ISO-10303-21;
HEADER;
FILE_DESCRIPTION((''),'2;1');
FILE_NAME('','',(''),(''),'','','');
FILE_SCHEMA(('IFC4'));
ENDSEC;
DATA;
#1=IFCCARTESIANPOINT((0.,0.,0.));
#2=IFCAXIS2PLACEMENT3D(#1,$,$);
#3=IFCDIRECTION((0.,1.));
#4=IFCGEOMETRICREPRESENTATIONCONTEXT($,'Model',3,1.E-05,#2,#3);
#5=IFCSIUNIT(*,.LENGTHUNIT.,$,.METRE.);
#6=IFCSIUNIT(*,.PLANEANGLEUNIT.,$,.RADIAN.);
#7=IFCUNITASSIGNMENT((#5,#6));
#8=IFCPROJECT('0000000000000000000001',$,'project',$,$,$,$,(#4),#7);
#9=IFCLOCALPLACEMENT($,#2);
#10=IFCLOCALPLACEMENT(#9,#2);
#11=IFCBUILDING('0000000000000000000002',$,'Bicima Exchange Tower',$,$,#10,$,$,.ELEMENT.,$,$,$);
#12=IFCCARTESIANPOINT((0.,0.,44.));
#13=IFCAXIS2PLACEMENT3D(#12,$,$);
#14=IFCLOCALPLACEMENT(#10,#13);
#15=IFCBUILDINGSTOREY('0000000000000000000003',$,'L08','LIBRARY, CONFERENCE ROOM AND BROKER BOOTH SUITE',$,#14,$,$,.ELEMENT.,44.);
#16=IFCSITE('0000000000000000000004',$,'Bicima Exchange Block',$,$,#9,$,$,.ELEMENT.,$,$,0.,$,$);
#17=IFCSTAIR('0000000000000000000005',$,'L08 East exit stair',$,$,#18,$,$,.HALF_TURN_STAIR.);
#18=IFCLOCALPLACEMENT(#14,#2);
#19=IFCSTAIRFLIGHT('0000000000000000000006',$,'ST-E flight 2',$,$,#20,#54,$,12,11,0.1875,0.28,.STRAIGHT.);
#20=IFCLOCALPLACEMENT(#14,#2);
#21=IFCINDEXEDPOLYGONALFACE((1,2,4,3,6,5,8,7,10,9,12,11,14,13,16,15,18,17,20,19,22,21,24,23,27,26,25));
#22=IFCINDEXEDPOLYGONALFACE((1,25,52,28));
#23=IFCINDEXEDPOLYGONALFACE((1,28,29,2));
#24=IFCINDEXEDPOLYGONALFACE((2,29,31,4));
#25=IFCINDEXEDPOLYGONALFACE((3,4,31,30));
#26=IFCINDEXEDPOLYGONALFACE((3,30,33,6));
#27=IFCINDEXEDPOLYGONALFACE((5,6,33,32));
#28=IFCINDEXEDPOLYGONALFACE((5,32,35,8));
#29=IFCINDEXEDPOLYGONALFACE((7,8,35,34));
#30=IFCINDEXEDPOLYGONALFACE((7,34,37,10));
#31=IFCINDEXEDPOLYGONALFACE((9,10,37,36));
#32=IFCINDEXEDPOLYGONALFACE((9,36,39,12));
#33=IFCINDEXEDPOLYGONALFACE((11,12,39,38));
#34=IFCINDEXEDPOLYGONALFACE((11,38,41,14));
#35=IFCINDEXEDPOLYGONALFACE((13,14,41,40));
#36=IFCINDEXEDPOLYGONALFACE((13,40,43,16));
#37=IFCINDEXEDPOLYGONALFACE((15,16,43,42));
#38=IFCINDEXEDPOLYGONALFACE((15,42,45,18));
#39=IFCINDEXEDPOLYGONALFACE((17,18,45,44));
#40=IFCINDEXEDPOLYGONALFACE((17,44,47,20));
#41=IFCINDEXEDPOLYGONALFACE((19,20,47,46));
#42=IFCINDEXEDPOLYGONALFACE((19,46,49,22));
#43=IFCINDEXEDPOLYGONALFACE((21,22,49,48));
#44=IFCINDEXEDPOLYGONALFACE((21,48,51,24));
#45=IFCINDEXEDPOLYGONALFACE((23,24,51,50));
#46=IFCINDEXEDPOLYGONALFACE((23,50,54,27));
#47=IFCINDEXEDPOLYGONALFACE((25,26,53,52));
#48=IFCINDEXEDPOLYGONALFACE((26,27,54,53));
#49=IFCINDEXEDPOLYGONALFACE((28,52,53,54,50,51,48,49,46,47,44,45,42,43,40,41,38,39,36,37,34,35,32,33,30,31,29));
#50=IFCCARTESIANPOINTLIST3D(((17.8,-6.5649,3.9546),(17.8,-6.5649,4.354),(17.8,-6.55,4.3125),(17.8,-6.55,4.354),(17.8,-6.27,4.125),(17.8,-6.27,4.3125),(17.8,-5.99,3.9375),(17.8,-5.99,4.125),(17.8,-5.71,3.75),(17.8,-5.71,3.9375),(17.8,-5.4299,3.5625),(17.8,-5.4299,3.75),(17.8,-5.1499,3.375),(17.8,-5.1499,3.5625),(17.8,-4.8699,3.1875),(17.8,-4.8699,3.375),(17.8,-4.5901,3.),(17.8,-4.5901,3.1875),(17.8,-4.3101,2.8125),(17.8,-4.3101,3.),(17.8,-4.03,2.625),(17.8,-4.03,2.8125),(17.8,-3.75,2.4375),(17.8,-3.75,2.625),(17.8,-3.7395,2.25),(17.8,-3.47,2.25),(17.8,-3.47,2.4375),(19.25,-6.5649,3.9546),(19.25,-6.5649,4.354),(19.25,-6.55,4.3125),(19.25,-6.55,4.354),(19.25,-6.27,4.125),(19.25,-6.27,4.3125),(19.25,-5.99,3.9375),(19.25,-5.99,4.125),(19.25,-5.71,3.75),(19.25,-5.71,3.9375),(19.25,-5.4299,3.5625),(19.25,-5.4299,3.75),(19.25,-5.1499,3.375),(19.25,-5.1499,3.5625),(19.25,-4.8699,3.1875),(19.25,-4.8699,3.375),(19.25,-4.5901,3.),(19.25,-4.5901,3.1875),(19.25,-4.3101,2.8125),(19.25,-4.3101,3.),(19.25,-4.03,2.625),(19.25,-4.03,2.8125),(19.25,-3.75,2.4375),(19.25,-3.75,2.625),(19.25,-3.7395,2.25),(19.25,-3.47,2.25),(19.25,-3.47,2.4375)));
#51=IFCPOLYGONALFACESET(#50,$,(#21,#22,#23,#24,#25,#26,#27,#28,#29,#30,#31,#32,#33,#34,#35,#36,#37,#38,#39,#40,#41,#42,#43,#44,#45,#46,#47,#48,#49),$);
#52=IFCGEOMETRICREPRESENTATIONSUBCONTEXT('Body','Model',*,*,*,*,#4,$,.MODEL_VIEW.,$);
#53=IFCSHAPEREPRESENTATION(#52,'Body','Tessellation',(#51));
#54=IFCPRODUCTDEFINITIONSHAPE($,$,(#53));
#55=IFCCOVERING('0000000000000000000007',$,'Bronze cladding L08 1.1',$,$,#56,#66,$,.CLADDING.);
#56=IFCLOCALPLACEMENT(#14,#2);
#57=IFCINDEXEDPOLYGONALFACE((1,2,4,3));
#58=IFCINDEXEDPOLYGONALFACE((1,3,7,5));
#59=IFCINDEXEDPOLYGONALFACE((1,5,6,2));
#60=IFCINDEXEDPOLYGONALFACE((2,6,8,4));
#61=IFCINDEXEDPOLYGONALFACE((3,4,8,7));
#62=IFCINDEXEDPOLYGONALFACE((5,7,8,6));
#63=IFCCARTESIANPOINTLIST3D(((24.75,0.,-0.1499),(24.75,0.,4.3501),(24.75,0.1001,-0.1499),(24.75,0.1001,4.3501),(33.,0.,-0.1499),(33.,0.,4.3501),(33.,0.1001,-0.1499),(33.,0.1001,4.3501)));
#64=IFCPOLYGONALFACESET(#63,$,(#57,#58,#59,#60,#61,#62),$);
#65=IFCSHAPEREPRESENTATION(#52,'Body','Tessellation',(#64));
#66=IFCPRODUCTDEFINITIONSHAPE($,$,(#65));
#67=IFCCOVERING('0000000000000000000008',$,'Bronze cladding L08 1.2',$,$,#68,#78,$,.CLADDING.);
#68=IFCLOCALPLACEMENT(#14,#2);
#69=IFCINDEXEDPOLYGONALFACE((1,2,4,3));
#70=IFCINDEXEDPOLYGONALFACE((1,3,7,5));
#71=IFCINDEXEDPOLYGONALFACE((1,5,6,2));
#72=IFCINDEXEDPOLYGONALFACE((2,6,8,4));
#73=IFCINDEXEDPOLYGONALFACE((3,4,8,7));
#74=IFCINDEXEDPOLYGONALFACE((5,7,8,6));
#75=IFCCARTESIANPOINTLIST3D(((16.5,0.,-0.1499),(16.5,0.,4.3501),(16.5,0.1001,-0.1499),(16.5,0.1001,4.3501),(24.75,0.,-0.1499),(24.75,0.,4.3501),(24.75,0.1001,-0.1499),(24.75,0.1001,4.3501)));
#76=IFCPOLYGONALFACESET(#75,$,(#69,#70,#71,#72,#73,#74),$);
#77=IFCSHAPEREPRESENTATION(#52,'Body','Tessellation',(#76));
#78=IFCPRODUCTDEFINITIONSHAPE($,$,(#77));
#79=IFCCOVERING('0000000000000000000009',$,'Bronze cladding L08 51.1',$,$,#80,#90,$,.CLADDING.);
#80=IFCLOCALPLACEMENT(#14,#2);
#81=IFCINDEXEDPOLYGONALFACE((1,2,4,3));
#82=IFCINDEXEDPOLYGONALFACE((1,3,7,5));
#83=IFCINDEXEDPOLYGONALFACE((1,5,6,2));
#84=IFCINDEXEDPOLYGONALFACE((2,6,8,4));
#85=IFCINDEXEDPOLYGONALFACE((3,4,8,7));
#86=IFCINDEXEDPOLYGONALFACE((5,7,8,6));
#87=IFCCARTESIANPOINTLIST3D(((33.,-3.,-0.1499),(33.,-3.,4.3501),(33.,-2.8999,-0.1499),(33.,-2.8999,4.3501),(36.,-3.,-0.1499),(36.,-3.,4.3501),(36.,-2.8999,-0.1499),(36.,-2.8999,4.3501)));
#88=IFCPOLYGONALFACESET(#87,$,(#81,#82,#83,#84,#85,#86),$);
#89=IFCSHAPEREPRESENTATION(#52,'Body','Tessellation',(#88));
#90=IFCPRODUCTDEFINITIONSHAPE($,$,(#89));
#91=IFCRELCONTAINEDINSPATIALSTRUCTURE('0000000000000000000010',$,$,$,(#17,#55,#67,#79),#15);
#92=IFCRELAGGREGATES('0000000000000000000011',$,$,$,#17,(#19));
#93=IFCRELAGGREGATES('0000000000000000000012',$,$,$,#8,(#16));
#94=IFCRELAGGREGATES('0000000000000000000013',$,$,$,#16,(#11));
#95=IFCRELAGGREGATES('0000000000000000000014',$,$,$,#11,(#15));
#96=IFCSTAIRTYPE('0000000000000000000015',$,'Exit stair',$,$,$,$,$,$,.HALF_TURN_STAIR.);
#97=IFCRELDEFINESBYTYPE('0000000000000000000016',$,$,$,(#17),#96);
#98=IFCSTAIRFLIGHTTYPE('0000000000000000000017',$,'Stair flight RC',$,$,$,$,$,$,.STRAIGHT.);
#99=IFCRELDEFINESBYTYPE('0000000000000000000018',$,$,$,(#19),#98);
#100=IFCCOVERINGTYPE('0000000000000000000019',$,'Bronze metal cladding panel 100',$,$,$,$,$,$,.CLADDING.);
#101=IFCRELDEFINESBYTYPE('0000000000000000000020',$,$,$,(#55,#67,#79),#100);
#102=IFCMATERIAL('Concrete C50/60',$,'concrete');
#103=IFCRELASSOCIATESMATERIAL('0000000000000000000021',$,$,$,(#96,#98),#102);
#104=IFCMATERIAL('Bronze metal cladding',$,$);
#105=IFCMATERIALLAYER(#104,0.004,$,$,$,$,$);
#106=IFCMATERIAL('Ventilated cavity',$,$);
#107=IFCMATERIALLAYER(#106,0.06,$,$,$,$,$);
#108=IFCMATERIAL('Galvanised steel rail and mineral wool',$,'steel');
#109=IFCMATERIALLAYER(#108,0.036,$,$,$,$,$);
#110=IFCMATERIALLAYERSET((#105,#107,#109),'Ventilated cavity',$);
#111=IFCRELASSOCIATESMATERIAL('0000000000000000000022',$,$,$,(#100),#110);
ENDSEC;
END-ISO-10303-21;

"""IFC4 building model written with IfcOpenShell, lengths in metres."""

from ifc_helpers import new_model, si_unit, direction, frame, origin, origin_2d, place, context, subcontext, project, spatial, polyline, rectangle, outline, extrude, material, layer, layer_set, type_object, element, aggregate, save


model = new_model("IFC4")

# Units and contexts
model_context = context("Model", 3, precision=1e-05, world=origin(), true_north=direction((0.0, 1.0)))
body_context = subcontext(model_context, "Body", "Model", "MODEL_VIEW")
ifc_project = project(units=[si_unit("LENGTHUNIT", "METRE"), si_unit("PLANEANGLEUNIT", "RADIAN")], contexts=[model_context])

# Site, building, storey
site_placement = place(None, origin())
site = spatial("IfcSite", under=ifc_project, at=site_placement, Name="Bicima Exchange Block", CompositionType="ELEMENT", RefElevation=0.0)
building_placement = place(site_placement, origin())
building = spatial("IfcBuilding", under=site, at=building_placement, Name="Bicima Exchange Tower", CompositionType="ELEMENT")
storey_placement = place(building_placement, frame((0.0, 0.0, 44.0)))
storey = spatial("IfcBuildingStorey", under=building, at=storey_placement, Name="L08", Description="LIBRARY, CONFERENCE ROOM AND BROKER BOOTH SUITE", CompositionType="ELEMENT", Elevation=44.0)

# Shared definitions
ifc_material_1 = material(Name="Concrete C50/60", Category="concrete")

# Stair, stair flight
stair_type = type_object("IfcStairType", Name="Exit stair", PredefinedType="HALF_TURN_STAIR", material=ifc_material_1)
stair_placement = place(storey_placement, origin())
stair = element("IfcStair", 1, at=stair_placement, inside=storey, type_object=stair_type, Name="L08 East exit stair", PredefinedType="HALF_TURN_STAIR")
stair_flight_type = type_object("IfcStairFlightType", Name="Stair flight RC", PredefinedType="STRAIGHT", material=ifc_material_1)
stair_flight_1_placement = place(storey_placement, frame((18.5249, -3.47, 2.25), z_axis=(0.0, 0.0, 1.0), x_axis=(0.0, -1.0, 0.0)))
stair_flight_1 = element("IfcStairFlight", 2, at=stair_flight_1_placement, type_object=stair_flight_type, Name="ST-E flight 2", NumberOfRisers=12, NumberOfTreads=11, PredefinedType="STRAIGHT", RiserHeight=0.1875, TreadLength=0.28, context=body_context, shape_type="SweptSolid", body=[
    extrude(outline(polyline([(0.0, 0.0), (0.0, 0.1875), (0.28, 0.1875), (0.28, 0.375), (0.5601, 0.375), (0.5601, 0.5625), (0.8401, 0.5625), (0.8401, 0.75), (1.1201, 0.75), (1.1201, 0.9375), (1.3999, 0.9375), (1.3999, 1.125), (1.6799, 1.125), (1.6799, 1.3125), (1.96, 1.3125), (1.96, 1.5), (2.24, 1.5), (2.24, 1.6875), (2.52, 1.6875), (2.52, 1.875), (2.8, 1.875), (2.8, 2.0625), (3.0801, 2.0625), (3.0801, 2.104), (3.095, 2.104), (3.095, 1.7046), (0.2695, 0.0), (0.0, 0.0)])), frame((0.0, 0.7251, 0.0), z_axis=(0.0, -1.0, 0.0), x_axis=(1.0, 0.0, 0.0)), (0.0, 0.0, 1.0), 1.45),
])
aggregate(stair, [stair_flight_1])

# Coverings
ifc_material_2 = material(Name="Bronze metal cladding")
ifc_layer_1 = layer(ifc_material_2, 0.004)
ifc_material_3 = material(Name="Ventilated cavity")
ifc_layer_2 = layer(ifc_material_3, 0.06)
ifc_material_4 = material(Name="Galvanised steel rail and mineral wool", Category="steel")
ifc_layer_3 = layer(ifc_material_4, 0.036)
ifc_layer_set_1 = layer_set([ifc_layer_1, ifc_layer_2, ifc_layer_3], Name="Ventilated cavity")
covering_type = type_object("IfcCoveringType", Name="Bronze metal cladding panel 100", PredefinedType="CLADDING", material=ifc_layer_set_1)
for number, where, z_axis, x_axis, name in (
    (3, (28.875, 0.05, -0.1499), (0.0, 0.0, 1.0), (-1.0, 0.0, 0.0), "Bronze cladding L08 1.1"),
    (4, (20.625, 0.05, -0.1499), (0.0, 0.0, 1.0), (-1.0, 0.0, 0.0), "Bronze cladding L08 1.2"),
):
    element("IfcCovering", number, at=place(storey_placement, frame(where, z_axis=z_axis, x_axis=x_axis)), inside=storey, type_object=covering_type, Name=name, PredefinedType="CLADDING", context=body_context, shape_type="SweptSolid", body=[
        extrude(rectangle(XDim=8.25, YDim=0.1001, at=origin_2d()), origin(), (0.0, 0.0, 1.0), 4.5),
    ])
covering_placement = place(storey_placement, frame((34.5, -2.95, -0.1499), z_axis=(0.0, 0.0, 1.0), x_axis=(-1.0, 0.0, 0.0)))
element("IfcCovering", 5, at=covering_placement, inside=storey, type_object=covering_type, Name="Bronze cladding L08 51.1", PredefinedType="CLADDING", context=body_context, shape_type="SweptSolid", body=[
    extrude(rectangle(XDim=3.0, YDim=0.1001, at=origin_2d()), origin(), (0.0, 0.0, 1.0), 4.5),
])

save(model, "model.ifc")
